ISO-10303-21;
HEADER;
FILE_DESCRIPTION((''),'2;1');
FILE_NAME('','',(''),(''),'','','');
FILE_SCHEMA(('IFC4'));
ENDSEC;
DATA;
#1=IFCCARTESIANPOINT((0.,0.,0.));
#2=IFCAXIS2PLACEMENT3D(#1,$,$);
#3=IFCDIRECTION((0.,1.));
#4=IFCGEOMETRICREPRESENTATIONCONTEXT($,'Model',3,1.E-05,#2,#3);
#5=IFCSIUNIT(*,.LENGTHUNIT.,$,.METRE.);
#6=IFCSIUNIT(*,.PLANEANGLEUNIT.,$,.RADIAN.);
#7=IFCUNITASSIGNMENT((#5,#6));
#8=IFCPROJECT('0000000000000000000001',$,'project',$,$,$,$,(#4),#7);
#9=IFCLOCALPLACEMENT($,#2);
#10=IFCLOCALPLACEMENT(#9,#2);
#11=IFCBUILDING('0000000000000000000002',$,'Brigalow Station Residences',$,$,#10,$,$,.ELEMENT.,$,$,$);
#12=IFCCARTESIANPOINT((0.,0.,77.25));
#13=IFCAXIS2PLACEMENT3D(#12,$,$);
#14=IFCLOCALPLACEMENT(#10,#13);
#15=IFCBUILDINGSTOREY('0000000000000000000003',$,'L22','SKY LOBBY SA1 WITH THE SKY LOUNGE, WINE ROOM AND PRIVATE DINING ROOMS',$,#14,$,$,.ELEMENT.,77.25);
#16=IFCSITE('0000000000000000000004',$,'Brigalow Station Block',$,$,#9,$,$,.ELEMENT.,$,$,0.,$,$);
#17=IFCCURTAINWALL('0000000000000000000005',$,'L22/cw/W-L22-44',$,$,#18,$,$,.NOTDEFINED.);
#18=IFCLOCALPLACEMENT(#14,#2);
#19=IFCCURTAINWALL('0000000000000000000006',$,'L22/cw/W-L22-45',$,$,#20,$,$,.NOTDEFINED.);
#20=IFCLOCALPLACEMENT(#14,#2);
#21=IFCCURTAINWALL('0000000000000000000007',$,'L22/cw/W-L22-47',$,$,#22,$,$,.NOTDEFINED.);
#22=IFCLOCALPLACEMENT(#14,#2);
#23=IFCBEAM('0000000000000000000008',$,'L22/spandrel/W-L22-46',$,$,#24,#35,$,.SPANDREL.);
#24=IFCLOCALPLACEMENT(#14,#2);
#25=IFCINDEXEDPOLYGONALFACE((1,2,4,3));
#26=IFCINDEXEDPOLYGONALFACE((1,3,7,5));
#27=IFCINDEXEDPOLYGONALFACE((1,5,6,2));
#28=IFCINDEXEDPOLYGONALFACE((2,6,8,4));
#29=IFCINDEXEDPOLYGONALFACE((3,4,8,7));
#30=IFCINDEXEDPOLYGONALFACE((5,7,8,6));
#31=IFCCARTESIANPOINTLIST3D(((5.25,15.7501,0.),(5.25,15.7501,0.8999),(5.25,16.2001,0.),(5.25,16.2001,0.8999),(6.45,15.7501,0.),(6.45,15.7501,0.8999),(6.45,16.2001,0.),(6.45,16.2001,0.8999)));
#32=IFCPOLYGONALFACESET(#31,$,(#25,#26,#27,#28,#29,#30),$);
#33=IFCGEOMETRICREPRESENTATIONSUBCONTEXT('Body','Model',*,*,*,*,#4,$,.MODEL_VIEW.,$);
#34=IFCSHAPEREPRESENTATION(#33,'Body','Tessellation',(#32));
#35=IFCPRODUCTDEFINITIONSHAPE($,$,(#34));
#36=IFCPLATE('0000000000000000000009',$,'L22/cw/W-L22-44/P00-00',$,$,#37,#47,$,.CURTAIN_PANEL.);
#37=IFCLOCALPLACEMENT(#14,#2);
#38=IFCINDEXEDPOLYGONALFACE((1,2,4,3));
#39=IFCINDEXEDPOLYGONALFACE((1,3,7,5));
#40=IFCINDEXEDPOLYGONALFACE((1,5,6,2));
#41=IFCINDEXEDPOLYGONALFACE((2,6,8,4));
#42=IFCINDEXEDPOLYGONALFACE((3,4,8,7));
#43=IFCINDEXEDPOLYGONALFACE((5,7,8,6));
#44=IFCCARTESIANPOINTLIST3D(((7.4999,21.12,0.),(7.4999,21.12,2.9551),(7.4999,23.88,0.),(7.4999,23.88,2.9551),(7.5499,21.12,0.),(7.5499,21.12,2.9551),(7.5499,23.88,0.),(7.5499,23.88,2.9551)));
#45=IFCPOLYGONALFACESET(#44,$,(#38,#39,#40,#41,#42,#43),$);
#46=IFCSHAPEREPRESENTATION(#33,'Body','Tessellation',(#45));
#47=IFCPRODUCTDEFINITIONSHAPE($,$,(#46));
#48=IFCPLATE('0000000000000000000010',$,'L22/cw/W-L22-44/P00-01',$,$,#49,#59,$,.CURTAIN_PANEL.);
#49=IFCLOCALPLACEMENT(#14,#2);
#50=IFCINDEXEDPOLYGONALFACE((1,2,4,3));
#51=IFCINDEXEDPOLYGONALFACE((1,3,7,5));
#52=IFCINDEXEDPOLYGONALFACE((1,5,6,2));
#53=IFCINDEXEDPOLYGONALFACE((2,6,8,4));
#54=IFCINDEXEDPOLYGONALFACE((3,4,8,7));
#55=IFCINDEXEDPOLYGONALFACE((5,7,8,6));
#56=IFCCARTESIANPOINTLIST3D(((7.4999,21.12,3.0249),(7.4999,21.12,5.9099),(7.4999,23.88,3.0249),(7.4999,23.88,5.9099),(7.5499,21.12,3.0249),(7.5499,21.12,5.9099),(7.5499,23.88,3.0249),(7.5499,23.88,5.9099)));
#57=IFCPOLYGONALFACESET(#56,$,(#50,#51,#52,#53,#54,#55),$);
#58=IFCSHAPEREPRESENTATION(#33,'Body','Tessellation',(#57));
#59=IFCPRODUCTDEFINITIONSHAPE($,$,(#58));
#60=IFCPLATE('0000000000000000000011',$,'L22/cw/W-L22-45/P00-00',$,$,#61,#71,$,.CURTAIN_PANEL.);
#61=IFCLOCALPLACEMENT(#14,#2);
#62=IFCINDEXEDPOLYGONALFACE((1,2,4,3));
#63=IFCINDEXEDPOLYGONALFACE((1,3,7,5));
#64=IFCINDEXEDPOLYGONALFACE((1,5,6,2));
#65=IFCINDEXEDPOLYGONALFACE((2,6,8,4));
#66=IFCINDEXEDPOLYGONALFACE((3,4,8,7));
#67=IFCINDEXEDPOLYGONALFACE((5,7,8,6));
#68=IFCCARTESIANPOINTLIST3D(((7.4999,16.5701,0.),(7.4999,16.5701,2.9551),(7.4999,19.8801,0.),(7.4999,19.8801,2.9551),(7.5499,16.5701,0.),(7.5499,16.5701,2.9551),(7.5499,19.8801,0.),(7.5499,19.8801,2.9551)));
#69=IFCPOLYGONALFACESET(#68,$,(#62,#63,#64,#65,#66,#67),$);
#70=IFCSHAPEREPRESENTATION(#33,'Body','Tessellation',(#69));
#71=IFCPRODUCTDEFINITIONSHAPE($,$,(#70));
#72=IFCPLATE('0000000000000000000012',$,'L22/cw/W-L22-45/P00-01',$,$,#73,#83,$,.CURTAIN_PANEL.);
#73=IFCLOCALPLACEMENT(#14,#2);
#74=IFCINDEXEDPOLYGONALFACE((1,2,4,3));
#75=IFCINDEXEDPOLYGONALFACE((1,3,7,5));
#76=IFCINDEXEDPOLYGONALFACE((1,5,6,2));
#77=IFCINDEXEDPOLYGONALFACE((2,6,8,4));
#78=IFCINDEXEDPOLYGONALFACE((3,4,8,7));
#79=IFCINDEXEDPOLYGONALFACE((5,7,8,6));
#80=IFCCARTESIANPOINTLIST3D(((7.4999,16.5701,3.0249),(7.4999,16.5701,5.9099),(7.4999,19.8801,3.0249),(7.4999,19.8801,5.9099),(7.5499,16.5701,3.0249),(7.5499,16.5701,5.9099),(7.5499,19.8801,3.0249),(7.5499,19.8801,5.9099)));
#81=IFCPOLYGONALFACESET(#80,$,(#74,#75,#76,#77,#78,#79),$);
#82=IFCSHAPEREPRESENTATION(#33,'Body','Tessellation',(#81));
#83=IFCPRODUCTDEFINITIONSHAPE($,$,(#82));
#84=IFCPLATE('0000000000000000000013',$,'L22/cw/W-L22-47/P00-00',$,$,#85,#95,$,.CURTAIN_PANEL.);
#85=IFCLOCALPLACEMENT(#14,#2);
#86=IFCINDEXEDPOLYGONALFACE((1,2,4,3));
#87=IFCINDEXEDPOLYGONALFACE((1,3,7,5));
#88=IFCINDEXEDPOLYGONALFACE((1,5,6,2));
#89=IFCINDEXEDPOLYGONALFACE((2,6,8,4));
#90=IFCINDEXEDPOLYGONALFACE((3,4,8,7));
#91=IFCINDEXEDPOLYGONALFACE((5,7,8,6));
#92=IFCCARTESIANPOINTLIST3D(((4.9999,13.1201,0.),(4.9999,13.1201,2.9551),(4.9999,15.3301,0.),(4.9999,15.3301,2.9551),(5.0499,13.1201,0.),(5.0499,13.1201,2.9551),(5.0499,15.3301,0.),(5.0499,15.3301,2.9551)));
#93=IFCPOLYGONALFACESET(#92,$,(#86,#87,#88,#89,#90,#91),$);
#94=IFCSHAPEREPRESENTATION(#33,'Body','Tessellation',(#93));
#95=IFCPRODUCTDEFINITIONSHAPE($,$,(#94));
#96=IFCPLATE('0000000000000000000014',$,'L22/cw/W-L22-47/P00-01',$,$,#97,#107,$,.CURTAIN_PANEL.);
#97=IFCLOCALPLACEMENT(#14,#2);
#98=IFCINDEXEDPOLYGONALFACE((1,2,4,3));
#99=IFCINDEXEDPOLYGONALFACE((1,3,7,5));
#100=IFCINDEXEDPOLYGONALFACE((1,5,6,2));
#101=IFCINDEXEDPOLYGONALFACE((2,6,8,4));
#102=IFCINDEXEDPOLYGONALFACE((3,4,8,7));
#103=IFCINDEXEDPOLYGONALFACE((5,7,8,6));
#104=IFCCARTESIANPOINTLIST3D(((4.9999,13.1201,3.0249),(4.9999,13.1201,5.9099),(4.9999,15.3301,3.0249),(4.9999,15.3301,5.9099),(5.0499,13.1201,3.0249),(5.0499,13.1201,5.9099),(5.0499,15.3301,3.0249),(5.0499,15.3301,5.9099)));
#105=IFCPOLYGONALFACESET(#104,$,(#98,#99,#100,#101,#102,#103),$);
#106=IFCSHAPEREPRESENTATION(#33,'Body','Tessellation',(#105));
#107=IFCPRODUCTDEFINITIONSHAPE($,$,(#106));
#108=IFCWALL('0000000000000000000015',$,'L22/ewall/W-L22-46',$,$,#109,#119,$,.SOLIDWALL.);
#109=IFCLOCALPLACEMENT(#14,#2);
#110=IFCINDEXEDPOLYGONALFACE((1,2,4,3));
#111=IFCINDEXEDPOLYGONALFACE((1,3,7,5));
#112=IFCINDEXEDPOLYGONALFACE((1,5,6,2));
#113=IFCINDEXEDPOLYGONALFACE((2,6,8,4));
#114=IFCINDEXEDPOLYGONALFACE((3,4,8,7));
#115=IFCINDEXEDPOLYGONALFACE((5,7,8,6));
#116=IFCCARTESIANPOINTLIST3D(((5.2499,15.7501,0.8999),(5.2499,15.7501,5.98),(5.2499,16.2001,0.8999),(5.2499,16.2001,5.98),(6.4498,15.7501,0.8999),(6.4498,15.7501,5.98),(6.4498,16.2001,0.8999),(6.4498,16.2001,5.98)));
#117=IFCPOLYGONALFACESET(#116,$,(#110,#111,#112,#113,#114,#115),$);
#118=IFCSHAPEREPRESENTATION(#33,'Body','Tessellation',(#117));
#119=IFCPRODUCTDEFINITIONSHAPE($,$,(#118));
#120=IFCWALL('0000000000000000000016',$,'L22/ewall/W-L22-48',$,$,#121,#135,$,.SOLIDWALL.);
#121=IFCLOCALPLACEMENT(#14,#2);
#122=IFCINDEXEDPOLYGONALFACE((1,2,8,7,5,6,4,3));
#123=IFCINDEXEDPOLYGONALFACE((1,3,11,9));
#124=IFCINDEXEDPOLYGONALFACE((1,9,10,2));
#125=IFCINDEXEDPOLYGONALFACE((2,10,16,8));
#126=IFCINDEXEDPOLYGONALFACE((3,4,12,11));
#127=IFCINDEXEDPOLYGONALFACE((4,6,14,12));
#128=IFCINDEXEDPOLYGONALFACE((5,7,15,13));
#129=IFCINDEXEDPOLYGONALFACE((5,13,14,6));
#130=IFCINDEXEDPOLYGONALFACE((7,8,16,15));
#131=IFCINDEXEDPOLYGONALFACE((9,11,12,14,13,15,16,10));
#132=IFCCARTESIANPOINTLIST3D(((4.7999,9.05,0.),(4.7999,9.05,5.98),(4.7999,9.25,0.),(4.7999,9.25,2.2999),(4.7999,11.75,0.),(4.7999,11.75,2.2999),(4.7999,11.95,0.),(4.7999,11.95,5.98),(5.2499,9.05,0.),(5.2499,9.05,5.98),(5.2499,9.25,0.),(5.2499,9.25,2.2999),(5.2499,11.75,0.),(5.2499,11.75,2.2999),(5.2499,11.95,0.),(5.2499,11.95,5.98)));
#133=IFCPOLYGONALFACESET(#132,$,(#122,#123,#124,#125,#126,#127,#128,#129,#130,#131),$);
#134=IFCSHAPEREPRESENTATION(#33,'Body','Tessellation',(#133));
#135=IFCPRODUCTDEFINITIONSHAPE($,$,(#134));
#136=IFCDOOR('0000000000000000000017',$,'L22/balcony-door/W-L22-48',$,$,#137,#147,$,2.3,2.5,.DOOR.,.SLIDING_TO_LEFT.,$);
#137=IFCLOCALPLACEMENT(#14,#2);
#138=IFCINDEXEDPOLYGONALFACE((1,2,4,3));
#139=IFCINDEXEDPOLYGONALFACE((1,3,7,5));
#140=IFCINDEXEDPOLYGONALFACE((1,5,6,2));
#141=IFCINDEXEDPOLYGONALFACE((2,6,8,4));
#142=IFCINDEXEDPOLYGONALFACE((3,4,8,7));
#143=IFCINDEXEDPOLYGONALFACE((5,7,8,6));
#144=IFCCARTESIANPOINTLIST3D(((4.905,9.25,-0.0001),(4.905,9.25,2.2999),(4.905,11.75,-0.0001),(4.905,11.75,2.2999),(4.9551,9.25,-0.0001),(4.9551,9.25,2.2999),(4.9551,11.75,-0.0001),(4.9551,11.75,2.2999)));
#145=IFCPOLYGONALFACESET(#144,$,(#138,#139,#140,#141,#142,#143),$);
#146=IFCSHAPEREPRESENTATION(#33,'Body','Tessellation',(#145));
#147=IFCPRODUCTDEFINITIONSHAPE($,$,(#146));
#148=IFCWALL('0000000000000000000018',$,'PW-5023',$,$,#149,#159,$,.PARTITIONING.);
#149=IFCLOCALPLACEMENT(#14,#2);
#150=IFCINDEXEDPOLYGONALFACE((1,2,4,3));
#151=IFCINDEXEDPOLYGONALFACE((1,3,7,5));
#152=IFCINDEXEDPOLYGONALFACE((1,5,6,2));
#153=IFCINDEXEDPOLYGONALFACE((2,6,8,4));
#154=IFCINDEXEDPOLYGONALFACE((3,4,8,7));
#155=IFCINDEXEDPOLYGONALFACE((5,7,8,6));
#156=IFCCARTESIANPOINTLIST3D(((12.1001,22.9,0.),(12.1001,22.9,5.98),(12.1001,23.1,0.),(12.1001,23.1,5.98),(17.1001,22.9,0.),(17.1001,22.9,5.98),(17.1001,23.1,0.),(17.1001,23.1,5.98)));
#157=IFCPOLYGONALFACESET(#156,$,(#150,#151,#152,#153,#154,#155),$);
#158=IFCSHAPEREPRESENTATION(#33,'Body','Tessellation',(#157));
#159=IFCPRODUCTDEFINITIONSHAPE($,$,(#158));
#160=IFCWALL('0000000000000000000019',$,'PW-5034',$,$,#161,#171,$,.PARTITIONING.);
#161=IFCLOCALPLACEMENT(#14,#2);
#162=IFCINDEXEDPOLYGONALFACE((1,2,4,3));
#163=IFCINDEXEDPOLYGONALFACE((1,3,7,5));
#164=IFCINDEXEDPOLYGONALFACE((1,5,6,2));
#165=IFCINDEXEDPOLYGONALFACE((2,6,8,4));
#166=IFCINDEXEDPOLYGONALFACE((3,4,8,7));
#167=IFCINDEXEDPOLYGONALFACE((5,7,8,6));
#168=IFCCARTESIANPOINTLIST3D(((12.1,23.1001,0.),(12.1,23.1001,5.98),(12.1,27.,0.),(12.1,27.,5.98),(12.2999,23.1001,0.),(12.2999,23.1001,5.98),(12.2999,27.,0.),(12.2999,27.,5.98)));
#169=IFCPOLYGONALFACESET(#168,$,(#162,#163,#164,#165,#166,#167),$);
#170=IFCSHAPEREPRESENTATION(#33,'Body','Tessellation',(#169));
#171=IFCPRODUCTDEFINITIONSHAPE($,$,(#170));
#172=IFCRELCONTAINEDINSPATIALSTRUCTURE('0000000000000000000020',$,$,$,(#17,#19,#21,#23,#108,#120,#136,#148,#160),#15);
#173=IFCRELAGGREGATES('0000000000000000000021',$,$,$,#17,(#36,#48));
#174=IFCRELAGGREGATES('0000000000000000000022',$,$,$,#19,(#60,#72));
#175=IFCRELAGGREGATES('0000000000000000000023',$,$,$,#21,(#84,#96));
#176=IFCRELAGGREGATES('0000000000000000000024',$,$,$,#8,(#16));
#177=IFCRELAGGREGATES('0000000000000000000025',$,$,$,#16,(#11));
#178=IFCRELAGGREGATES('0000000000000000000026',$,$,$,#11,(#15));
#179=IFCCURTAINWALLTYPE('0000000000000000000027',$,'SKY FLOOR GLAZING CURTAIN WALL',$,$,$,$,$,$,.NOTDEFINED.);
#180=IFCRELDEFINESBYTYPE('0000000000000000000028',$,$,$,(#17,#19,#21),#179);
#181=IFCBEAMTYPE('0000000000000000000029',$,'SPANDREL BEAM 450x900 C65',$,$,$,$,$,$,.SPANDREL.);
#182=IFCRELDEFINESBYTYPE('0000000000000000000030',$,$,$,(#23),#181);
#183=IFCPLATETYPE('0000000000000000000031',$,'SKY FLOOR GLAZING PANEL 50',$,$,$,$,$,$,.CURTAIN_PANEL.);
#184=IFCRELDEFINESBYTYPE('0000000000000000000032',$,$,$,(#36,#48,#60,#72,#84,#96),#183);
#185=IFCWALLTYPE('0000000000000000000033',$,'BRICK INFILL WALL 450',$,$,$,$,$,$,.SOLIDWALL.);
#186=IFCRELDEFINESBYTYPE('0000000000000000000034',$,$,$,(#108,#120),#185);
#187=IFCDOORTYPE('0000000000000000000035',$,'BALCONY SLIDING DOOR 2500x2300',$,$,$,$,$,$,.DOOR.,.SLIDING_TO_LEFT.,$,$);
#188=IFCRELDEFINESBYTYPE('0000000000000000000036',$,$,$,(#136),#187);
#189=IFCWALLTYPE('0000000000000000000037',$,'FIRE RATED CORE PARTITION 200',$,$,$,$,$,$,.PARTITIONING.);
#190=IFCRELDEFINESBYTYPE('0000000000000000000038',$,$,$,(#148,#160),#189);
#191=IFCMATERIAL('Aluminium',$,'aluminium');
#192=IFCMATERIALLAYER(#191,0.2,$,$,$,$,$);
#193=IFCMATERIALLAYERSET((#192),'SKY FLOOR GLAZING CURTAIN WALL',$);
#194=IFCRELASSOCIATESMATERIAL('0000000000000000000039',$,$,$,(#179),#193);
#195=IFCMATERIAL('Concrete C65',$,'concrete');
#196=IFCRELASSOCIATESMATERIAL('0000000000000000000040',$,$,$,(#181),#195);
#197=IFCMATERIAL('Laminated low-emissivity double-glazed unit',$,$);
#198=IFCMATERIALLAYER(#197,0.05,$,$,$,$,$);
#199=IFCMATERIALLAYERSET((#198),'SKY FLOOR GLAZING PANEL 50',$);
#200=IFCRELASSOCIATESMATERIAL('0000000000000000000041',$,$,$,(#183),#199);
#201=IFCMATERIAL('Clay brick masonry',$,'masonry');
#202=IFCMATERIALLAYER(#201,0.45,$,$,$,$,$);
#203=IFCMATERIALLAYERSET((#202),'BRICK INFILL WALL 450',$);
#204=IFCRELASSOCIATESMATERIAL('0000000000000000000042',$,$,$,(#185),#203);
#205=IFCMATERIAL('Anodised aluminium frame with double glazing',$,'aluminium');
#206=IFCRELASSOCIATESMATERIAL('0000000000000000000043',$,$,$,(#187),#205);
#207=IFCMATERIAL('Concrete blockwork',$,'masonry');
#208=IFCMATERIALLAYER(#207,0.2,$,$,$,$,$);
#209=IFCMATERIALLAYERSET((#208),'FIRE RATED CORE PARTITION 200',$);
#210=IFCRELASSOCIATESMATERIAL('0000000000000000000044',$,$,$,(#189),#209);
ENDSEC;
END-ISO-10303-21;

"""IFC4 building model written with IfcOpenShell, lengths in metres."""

from ifc_helpers import new_model, si_unit, direction, frame, frame_2d, origin, origin_2d, place, context, subcontext, project, spatial, rectangle, extrude, material, layer, layer_set, material_profile, profile_set, type_object, element, fill, aggregate, save


model = new_model("IFC4")

# Units and contexts
model_context = context("Model", 3, precision=1e-05, world=origin(), true_north=direction((0.0, 1.0)))
body_context = subcontext(model_context, "Body", "Model", "MODEL_VIEW")
ifc_project = project(units=[si_unit("LENGTHUNIT", "METRE"), si_unit("PLANEANGLEUNIT", "RADIAN")], contexts=[model_context])

# Site, building, storey
site_placement = place(None, origin())
site = spatial("IfcSite", under=ifc_project, at=site_placement, Name="Brigalow Station Block", CompositionType="ELEMENT", RefElevation=0.0)
building_placement = place(site_placement, origin())
building = spatial("IfcBuilding", under=site, at=building_placement, Name="Brigalow Station Residences", CompositionType="ELEMENT")
storey_placement = place(building_placement, frame((0.0, 0.0, 77.25)))
storey = spatial("IfcBuildingStorey", under=building, at=storey_placement, Name="L22", Description="SKY LOBBY SA1 WITH THE SKY LOUNGE, WINE ROOM AND PRIVATE DINING ROOMS", CompositionType="ELEMENT", Elevation=77.25)

# Curtain wall
ifc_material_1 = material(Name="Aluminium", Category="aluminium")
ifc_layer_1 = layer(ifc_material_1, 0.2)
ifc_layer_set_1 = layer_set([ifc_layer_1], Name="SKY FLOOR GLAZING CURTAIN WALL")
curtain_wall_type = type_object("IfcCurtainWallType", Name="SKY FLOOR GLAZING CURTAIN WALL", PredefinedType="NOTDEFINED", material=ifc_layer_set_1)
curtain_wall_1_placement = place(storey_placement, origin())
curtain_wall_1 = element("IfcCurtainWall", 1, at=curtain_wall_1_placement, inside=storey, type_object=curtain_wall_type, Name="L22/cw/W-L22-44", PredefinedType="NOTDEFINED")

# Curtain walls
curtain_wall_2_placement = place(storey_placement, origin())
curtain_wall_2 = element("IfcCurtainWall", 2, at=curtain_wall_2_placement, inside=storey, type_object=curtain_wall_type, Name="L22/cw/W-L22-45", PredefinedType="NOTDEFINED")
curtain_wall_3_placement = place(storey_placement, origin())
curtain_wall_3 = element("IfcCurtainWall", 3, at=curtain_wall_3_placement, inside=storey, type_object=curtain_wall_type, Name="L22/cw/W-L22-47", PredefinedType="NOTDEFINED")

# Beam
ifc_material_2 = material(Name="Concrete C65", Category="concrete")
ifc_material_profile_1 = material_profile(ifc_material_2, rectangle(XDim=0.45, YDim=0.8999, at=origin_2d()), Name="RC450x900")
ifc_profile_set_1 = profile_set([ifc_material_profile_1], Name="Concrete C65")
beam_type = type_object("IfcBeamType", Name="SPANDREL BEAM 450x900 C65", PredefinedType="SPANDREL", material=ifc_profile_set_1)
beam_placement = place(storey_placement, frame((6.45, 15.9751, 0.45), z_axis=(-1.0, 0.0, 0.0), x_axis=(0.0, -1.0, 0.0)))
element("IfcBeam", 4, at=beam_placement, inside=storey, type_object=beam_type, Name="L22/spandrel/W-L22-46", PredefinedType="SPANDREL", context=body_context, shape_type="SweptSolid", body=[
    extrude(rectangle(XDim=0.45, YDim=0.8999, at=origin_2d()), origin(), (0.0, 0.0, 1.0), 1.2),
])

# Plates
ifc_material_3 = material(Name="Laminated low-emissivity double-glazed unit")
ifc_layer_2 = layer(ifc_material_3, 0.05)
ifc_layer_set_2 = layer_set([ifc_layer_2], Name="SKY FLOOR GLAZING PANEL 50")
plate_type = type_object("IfcPlateType", Name="SKY FLOOR GLAZING PANEL 50", PredefinedType="CURTAIN_PANEL", material=ifc_layer_set_2)
plate_1_placement = place(storey_placement, frame((7.5249, 22.5, 0.0), z_axis=(0.0, 0.0, 1.0), x_axis=(0.0, -1.0, 0.0)))
plate_1 = element("IfcPlate", 5, at=plate_1_placement, type_object=plate_type, Name="L22/cw/W-L22-44/P00-00", PredefinedType="CURTAIN_PANEL", context=body_context, shape_type="SweptSolid", body=[
    extrude(rectangle(XDim=2.76, YDim=0.05, at=origin_2d()), origin(), (0.0, 0.0, 1.0), 2.9551),
])
plate_2_placement = place(storey_placement, frame((7.5249, 22.5, 3.0249), z_axis=(0.0, 0.0, 1.0), x_axis=(0.0, -1.0, 0.0)))
plate_2 = element("IfcPlate", 6, at=plate_2_placement, type_object=plate_type, Name="L22/cw/W-L22-44/P00-01", PredefinedType="CURTAIN_PANEL", context=body_context, shape_type="SweptSolid", body=[
    extrude(rectangle(XDim=2.76, YDim=0.05, at=origin_2d()), origin(), (0.0, 0.0, 1.0), 2.885),
])
aggregate(curtain_wall_1, [plate_1, plate_2])
plate_3_placement = place(storey_placement, frame((7.5249, 18.2251, 0.0), z_axis=(0.0, 0.0, 1.0), x_axis=(0.0, -1.0, 0.0)))
plate_3 = element("IfcPlate", 7, at=plate_3_placement, type_object=plate_type, Name="L22/cw/W-L22-45/P00-00", PredefinedType="CURTAIN_PANEL", context=body_context, shape_type="SweptSolid", body=[
    extrude(rectangle(XDim=3.3101, YDim=0.05, at=origin_2d()), origin(), (0.0, 0.0, 1.0), 2.9551),
])
plate_4_placement = place(storey_placement, frame((7.5249, 18.2251, 3.0249), z_axis=(0.0, 0.0, 1.0), x_axis=(0.0, -1.0, 0.0)))
plate_4 = element("IfcPlate", 8, at=plate_4_placement, type_object=plate_type, Name="L22/cw/W-L22-45/P00-01", PredefinedType="CURTAIN_PANEL", context=body_context, shape_type="SweptSolid", body=[
    extrude(rectangle(XDim=3.3101, YDim=0.05, at=origin_2d()), origin(), (0.0, 0.0, 1.0), 2.885),
])
aggregate(curtain_wall_2, [plate_3, plate_4])
plate_5_placement = place(storey_placement, frame((5.0249, 14.2251, 0.0), z_axis=(0.0, 0.0, 1.0), x_axis=(0.0, -1.0, 0.0)))
plate_5 = element("IfcPlate", 9, at=plate_5_placement, type_object=plate_type, Name="L22/cw/W-L22-47/P00-00", PredefinedType="CURTAIN_PANEL", context=body_context, shape_type="SweptSolid", body=[
    extrude(rectangle(XDim=2.21, YDim=0.05, at=origin_2d()), origin(), (0.0, 0.0, 1.0), 2.9551),
])
plate_6_placement = place(storey_placement, frame((5.0249, 14.2251, 3.0249), z_axis=(0.0, 0.0, 1.0), x_axis=(0.0, -1.0, 0.0)))
plate_6 = element("IfcPlate", 10, at=plate_6_placement, type_object=plate_type, Name="L22/cw/W-L22-47/P00-01", PredefinedType="CURTAIN_PANEL", context=body_context, shape_type="SweptSolid", body=[
    extrude(rectangle(XDim=2.21, YDim=0.05, at=origin_2d()), origin(), (0.0, 0.0, 1.0), 2.885),
])
aggregate(curtain_wall_3, [plate_5, plate_6])

# Wall
ifc_material_4 = material(Name="Clay brick masonry", Category="masonry")
ifc_layer_3 = layer(ifc_material_4, 0.45)
ifc_layer_set_3 = layer_set([ifc_layer_3], Name="BRICK INFILL WALL 450")
wall_type_1 = type_object("IfcWallType", Name="BRICK INFILL WALL 450", PredefinedType="SOLIDWALL", material=ifc_layer_set_3)
wall_1_placement = place(storey_placement, frame((6.45, 15.9751, 0.8999), z_axis=(0.0, 0.0, 1.0), x_axis=(-1.0, 0.0, 0.0)))
element("IfcWall", 11, at=wall_1_placement, inside=storey, type_object=wall_type_1, Name="L22/ewall/W-L22-46", PredefinedType="SOLIDWALL", context=body_context, shape_type="SweptSolid", body=[
    extrude(rectangle(XDim=1.2, YDim=0.45, at=frame_2d((0.6001, 0.0))), origin(), (0.0, 0.0, 1.0), 5.0801),
])

# Wall, opening, door
wall_2_placement = place(storey_placement, frame((5.0249, 11.95, 0.0), z_axis=(0.0, 0.0, 1.0), x_axis=(0.0, -1.0, 0.0)))
wall_2 = element("IfcWall", 12, at=wall_2_placement, inside=storey, type_object=wall_type_1, Name="L22/ewall/W-L22-48", PredefinedType="SOLIDWALL", context=body_context, shape_type="SweptSolid", body=[
    extrude(rectangle(XDim=2.8999, YDim=0.45, at=frame_2d((1.45, 0.0))), origin(), (0.0, 0.0, 1.0), 5.98),
])
opening_1_placement = place(wall_2_placement, frame((0.2, 0.0, 0.0)))
opening_1 = element("IfcOpeningElement", 13, at=opening_1_placement, cuts=wall_2, PredefinedType="OPENING", context=body_context, shape_type="SweptSolid", body=[
    extrude(rectangle(XDim=2.5, YDim=2.3, at=frame_2d((1.25, 1.1499))), frame((0.0, 0.2349, 0.0), z_axis=(0.0, -1.0, 0.0), x_axis=(1.0, 0.0, 0.0)), (0.0, 0.0, 1.0), 0.47),
])
ifc_material_5 = material(Name="Anodised aluminium frame with double glazing", Category="aluminium")
door_type_1 = type_object("IfcDoorType", Name="BALCONY SLIDING DOOR 2500x2300", OperationType="SLIDING_TO_LEFT", PredefinedType="DOOR", material=ifc_material_5)
door_1_placement = place(opening_1_placement, origin())
door_1 = element("IfcDoor", 14, at=door_1_placement, inside=storey, type_object=door_type_1, Name="L22/balcony-door/W-L22-48", OperationType="SLIDING_TO_LEFT", OverallHeight=2.3, OverallWidth=2.5, PredefinedType="DOOR", context=body_context, shape_type="SweptSolid", body=[
    extrude(rectangle(XDim=2.5, YDim=2.3, at=frame_2d((1.25, 1.1499))), frame((0.0, -0.0698, 0.0), z_axis=(0.0, -1.0, 0.0), x_axis=(1.0, 0.0, 0.0)), (0.0, 0.0, 1.0), 0.05),
])
fill(opening_1, door_1)

# Walls
ifc_material_6 = material(Name="Concrete blockwork", Category="masonry")
ifc_layer_4 = layer(ifc_material_6, 0.2)
ifc_layer_set_4 = layer_set([ifc_layer_4], Name="FIRE RATED CORE PARTITION 200")
wall_type_2 = type_object("IfcWallType", Name="FIRE RATED CORE PARTITION 200", PredefinedType="PARTITIONING", material=ifc_layer_set_4)
wall_3_placement = place(storey_placement, frame((12.1001, 23.0, 0.0), z_axis=(0.0, 0.0, 1.0), x_axis=(1.0, 0.0, 0.0)))
element("IfcWall", 15, at=wall_3_placement, inside=storey, type_object=wall_type_2, Name="PW-5023", PredefinedType="PARTITIONING", context=body_context, shape_type="SweptSolid", body=[
    extrude(rectangle(XDim=5.0, YDim=0.2, at=frame_2d((2.5, 0.0))), origin(), (0.0, 0.0, 1.0), 5.98),
])
wall_4_placement = place(storey_placement, frame((12.2, 23.1001, 0.0), z_axis=(0.0, 0.0, 1.0), x_axis=(0.0, 1.0, 0.0)))
element("IfcWall", 16, at=wall_4_placement, inside=storey, type_object=wall_type_2, Name="PW-5034", PredefinedType="PARTITIONING", context=body_context, shape_type="SweptSolid", body=[
    extrude(rectangle(XDim=3.8999, YDim=0.2, at=frame_2d((1.95, 0.0))), origin(), (0.0, 0.0, 1.0), 5.98),
])

save(model, "model.ifc")
